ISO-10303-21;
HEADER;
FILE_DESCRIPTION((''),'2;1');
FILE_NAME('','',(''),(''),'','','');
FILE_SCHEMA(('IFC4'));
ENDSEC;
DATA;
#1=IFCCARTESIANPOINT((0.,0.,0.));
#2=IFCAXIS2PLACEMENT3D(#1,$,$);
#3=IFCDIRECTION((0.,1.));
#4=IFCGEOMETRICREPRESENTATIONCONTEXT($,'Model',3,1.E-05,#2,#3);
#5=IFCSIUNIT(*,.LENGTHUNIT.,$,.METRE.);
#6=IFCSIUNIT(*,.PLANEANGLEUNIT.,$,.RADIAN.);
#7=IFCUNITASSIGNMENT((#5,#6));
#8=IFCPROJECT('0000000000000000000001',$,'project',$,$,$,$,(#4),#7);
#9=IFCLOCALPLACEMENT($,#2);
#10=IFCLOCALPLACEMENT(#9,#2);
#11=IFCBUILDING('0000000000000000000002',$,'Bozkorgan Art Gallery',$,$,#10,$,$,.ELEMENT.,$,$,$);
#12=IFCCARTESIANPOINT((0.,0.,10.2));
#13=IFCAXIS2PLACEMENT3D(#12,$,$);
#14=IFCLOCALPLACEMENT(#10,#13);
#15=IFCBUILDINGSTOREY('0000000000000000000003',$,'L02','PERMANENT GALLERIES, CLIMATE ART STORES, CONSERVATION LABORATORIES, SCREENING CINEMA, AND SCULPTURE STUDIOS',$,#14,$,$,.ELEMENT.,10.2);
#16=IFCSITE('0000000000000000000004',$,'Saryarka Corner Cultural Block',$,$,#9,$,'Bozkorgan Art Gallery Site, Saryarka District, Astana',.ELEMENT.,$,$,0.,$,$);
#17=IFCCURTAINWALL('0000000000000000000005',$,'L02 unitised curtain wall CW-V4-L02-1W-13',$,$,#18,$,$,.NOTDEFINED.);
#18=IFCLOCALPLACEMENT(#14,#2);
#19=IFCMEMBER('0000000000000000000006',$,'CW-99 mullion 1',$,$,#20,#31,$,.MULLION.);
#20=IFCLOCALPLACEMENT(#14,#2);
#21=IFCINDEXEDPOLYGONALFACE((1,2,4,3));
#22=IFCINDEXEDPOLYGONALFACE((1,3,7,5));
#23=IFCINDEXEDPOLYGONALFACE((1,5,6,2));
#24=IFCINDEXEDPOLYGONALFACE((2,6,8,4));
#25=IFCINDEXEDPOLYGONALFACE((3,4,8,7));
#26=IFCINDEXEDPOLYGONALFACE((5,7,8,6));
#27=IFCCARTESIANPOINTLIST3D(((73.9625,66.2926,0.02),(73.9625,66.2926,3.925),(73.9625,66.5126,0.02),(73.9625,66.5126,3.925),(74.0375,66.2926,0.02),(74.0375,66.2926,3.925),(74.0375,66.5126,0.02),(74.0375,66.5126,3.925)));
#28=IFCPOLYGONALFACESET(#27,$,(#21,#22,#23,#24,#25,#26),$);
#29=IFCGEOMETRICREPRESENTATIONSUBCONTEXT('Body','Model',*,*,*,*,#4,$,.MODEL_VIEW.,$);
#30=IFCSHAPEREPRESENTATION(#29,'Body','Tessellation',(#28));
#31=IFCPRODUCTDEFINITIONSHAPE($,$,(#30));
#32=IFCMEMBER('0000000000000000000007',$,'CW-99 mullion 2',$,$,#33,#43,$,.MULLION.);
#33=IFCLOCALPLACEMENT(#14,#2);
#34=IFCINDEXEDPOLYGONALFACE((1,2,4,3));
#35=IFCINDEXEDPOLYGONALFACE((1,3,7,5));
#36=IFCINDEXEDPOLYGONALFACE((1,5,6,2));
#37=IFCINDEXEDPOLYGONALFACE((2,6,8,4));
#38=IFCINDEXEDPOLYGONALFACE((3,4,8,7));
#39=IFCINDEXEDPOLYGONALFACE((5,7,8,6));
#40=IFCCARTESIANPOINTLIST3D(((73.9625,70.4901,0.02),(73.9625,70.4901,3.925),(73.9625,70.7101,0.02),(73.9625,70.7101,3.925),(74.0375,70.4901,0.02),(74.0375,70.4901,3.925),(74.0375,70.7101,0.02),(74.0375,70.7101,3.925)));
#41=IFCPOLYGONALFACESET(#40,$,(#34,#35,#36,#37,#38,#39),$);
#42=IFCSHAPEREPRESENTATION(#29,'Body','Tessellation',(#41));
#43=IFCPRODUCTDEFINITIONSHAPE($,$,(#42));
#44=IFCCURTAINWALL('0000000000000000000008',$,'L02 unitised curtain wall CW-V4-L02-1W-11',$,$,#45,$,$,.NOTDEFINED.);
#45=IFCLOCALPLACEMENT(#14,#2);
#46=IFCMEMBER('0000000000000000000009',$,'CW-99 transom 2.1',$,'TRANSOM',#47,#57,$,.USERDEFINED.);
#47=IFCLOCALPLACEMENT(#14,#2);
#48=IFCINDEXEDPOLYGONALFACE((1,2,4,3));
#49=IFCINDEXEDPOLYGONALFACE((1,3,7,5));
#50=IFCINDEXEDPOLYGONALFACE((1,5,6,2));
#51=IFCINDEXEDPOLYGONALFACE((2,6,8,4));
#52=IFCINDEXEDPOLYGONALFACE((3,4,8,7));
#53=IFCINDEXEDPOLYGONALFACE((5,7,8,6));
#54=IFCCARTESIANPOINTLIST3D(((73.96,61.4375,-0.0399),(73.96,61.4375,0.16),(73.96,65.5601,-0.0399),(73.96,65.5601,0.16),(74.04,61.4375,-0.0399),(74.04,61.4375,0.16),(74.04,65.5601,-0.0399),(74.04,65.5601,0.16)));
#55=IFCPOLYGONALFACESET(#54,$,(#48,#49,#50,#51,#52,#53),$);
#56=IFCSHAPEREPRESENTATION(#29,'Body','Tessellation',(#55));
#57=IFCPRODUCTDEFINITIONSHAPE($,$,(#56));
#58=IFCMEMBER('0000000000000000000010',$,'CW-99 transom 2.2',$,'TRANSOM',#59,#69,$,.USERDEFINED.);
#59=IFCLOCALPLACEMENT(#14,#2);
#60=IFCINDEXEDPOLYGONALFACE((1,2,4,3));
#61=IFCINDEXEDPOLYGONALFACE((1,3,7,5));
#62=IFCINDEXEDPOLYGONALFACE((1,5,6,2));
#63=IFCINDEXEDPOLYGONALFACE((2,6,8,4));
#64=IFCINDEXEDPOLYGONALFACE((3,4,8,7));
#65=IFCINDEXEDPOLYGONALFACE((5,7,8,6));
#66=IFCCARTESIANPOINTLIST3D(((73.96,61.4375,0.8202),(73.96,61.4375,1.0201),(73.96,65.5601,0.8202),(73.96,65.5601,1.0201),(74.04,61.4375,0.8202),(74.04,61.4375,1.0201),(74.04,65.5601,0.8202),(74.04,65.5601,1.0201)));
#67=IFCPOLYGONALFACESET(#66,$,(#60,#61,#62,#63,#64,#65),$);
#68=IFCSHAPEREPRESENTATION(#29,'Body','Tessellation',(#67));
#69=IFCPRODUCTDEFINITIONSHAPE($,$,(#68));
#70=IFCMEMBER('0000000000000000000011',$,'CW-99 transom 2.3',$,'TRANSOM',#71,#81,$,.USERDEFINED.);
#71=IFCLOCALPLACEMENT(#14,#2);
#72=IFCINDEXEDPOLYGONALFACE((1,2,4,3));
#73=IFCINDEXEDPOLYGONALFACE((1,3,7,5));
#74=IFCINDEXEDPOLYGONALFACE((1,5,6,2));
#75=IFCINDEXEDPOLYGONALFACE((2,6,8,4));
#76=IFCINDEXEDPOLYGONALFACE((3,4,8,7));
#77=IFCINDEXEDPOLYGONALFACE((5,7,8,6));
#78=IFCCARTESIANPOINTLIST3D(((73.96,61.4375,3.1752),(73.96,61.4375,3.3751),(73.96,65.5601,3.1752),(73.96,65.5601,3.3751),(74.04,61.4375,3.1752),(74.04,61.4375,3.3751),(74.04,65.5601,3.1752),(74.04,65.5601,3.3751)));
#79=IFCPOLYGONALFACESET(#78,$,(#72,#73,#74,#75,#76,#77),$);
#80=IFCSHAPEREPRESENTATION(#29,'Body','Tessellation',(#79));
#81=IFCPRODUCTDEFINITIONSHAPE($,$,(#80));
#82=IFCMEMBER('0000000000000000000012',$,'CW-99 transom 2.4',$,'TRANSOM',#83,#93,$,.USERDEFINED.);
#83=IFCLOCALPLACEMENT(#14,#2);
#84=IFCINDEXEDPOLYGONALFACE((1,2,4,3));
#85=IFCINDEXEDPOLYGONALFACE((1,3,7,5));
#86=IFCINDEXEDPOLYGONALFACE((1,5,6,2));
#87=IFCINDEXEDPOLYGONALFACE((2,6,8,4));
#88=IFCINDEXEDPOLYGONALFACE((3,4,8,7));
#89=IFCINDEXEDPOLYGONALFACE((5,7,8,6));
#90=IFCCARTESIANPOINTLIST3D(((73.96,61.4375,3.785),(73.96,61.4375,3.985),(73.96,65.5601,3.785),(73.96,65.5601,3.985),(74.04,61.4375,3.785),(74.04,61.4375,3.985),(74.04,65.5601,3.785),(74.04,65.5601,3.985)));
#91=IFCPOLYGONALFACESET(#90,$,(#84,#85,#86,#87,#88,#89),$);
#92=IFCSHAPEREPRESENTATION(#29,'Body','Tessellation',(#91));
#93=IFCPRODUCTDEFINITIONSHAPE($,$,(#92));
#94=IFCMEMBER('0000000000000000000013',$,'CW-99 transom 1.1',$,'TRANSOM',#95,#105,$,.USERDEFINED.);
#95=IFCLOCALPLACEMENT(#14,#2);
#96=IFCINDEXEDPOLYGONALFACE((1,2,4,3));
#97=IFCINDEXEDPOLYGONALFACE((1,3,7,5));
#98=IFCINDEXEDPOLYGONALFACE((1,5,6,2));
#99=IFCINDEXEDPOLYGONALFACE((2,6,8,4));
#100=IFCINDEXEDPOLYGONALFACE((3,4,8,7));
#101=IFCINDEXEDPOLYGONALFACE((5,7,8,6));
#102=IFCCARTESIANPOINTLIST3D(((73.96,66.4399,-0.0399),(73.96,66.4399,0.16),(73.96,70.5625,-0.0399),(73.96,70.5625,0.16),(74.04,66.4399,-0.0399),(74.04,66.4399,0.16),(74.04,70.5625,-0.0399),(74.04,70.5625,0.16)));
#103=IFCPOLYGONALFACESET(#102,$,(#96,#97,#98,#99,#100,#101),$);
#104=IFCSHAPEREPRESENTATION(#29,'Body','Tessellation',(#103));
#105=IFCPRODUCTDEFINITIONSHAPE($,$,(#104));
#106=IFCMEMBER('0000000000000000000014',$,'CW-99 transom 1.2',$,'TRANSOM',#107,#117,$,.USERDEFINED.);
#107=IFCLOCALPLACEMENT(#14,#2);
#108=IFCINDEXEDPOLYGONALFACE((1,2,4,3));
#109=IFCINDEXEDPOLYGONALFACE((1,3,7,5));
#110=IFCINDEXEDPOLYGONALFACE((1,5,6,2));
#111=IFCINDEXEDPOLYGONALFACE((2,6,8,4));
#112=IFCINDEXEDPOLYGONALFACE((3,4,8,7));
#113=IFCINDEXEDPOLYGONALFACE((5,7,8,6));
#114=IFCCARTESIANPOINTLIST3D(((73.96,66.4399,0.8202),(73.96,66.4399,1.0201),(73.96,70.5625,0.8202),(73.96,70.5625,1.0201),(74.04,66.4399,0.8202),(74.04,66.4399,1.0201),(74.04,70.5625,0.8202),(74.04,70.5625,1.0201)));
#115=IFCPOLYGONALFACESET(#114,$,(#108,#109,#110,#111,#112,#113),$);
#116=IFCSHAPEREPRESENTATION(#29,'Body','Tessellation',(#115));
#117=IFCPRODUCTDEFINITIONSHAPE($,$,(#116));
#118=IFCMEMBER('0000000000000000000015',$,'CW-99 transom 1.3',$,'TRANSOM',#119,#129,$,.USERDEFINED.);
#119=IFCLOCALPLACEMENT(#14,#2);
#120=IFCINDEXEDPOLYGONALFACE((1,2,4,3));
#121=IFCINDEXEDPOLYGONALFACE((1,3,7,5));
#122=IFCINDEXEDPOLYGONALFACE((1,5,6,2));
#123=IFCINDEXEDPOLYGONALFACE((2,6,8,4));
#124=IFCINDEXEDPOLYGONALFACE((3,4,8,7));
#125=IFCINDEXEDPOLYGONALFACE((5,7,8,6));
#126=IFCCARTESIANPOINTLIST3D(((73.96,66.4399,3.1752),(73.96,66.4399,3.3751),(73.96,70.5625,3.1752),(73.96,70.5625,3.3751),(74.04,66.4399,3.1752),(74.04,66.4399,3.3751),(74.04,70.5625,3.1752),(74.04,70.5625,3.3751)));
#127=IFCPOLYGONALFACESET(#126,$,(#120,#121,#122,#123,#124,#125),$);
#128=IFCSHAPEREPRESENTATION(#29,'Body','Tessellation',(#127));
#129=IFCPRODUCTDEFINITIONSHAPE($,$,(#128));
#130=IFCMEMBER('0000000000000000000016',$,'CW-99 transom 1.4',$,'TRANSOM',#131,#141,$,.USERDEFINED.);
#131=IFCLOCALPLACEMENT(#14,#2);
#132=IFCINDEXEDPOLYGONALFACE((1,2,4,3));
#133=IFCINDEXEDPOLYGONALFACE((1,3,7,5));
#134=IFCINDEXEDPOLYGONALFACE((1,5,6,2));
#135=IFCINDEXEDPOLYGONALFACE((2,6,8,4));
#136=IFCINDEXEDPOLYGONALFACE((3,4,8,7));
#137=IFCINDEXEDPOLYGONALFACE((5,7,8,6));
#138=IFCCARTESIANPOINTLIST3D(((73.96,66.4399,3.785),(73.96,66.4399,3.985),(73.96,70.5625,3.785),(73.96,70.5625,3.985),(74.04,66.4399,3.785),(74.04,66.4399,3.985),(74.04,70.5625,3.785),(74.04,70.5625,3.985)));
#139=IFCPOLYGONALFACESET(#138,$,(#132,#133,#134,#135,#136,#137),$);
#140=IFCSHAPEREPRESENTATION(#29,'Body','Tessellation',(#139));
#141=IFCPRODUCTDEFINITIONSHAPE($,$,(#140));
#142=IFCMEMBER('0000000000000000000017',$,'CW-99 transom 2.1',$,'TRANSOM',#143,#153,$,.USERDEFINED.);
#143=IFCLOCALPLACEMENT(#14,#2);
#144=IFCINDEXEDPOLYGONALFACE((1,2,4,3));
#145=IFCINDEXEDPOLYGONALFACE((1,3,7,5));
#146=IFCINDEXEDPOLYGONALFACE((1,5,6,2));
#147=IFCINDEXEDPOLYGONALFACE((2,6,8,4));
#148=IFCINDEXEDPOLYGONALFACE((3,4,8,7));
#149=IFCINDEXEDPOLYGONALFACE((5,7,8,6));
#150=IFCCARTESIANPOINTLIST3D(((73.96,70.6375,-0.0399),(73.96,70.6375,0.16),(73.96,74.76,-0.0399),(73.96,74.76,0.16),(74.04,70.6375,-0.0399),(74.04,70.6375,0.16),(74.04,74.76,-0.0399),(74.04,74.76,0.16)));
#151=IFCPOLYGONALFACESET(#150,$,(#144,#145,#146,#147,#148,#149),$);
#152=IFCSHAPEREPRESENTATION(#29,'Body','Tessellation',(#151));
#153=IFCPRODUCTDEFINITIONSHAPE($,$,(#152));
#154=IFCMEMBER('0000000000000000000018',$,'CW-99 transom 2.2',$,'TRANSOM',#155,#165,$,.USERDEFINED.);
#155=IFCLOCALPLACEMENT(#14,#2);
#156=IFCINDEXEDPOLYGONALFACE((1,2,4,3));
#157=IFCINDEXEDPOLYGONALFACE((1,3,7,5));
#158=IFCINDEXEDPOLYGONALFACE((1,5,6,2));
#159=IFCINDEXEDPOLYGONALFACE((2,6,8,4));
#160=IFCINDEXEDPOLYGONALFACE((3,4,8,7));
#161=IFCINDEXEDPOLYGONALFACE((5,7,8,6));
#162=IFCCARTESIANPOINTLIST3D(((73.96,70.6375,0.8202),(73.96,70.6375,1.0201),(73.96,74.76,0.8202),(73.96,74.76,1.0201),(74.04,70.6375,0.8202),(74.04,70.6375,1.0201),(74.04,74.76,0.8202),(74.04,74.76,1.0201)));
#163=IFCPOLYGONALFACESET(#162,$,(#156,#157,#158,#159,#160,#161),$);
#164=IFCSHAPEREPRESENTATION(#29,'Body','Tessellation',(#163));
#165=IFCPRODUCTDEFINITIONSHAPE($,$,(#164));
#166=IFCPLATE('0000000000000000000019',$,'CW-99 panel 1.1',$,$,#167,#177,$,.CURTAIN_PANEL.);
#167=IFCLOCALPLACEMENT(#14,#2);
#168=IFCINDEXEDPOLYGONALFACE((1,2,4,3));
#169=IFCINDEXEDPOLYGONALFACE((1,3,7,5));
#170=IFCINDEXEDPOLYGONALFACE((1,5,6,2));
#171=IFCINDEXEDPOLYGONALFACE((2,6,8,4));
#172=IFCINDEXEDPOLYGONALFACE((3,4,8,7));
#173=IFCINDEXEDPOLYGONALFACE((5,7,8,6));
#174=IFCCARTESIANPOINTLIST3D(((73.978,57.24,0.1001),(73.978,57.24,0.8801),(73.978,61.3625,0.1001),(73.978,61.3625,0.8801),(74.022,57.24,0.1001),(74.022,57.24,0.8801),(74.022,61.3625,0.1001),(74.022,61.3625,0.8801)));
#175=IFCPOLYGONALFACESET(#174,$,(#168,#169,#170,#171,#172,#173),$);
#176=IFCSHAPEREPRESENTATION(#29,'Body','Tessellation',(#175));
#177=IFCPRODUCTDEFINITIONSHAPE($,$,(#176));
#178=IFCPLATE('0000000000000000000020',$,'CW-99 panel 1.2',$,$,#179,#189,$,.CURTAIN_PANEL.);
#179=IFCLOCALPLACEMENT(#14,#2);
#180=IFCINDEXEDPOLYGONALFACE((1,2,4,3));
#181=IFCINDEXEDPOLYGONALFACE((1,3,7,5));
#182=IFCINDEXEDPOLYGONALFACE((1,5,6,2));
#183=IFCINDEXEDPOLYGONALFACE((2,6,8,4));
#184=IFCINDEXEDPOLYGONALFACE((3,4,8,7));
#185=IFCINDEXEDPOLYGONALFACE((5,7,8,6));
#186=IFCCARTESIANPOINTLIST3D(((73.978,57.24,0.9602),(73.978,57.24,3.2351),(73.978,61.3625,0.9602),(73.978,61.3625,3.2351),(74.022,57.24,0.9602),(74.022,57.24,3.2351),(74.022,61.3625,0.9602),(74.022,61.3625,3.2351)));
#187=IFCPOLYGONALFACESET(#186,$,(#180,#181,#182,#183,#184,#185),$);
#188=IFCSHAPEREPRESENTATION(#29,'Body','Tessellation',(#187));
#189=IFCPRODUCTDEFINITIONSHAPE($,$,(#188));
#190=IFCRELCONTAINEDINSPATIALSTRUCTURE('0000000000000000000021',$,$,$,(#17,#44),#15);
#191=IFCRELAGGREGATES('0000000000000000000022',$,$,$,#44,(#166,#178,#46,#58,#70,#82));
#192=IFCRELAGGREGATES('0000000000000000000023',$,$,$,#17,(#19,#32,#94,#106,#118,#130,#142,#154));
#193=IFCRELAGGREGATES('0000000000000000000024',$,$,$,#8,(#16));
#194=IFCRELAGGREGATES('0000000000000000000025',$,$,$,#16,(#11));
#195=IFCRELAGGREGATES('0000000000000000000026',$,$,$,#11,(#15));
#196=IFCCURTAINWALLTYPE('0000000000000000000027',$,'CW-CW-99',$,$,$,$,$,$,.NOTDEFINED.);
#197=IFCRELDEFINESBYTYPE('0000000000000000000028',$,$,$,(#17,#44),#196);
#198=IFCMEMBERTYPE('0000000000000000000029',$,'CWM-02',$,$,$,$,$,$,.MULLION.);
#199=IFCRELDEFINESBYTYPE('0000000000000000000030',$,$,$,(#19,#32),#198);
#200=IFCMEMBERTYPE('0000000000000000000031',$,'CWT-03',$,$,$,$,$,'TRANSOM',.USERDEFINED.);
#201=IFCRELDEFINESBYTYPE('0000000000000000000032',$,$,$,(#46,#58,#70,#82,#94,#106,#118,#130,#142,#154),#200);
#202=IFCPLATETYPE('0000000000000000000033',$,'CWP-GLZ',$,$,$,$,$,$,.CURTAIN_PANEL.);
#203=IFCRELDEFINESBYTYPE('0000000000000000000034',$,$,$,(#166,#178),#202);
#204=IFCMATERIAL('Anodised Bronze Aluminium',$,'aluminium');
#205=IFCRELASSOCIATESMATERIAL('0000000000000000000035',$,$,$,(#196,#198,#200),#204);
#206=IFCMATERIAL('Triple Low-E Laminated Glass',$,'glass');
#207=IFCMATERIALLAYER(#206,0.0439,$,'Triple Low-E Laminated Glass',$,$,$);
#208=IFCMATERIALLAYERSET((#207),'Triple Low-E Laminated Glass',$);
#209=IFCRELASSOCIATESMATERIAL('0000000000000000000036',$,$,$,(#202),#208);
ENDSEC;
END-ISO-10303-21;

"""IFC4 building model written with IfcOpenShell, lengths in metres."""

from ifc_helpers import new_model, si_unit, direction, frame, origin, origin_2d, place, context, subcontext, project, spatial, rectangle, extrude, material, layer, layer_set, material_profile, profile_set, type_object, element, aggregate, save


model = new_model("IFC4")

# Units and contexts
model_context = context("Model", 3, precision=1e-05, world=origin(), true_north=direction((0.0, 1.0)))
body_context = subcontext(model_context, "Body", "Model", "MODEL_VIEW")
ifc_project = project(units=[si_unit("LENGTHUNIT", "METRE"), si_unit("PLANEANGLEUNIT", "RADIAN")], contexts=[model_context])

# Site, building, storey
site_placement = place(None, origin())
site = spatial("IfcSite", under=ifc_project, at=site_placement, Name="Saryarka Corner Cultural Block", LongName="Bozkorgan Art Gallery Site, Saryarka District, Astana", CompositionType="ELEMENT", RefElevation=0.0)
building_placement = place(site_placement, origin())
building = spatial("IfcBuilding", under=site, at=building_placement, Name="Bozkorgan Art Gallery", CompositionType="ELEMENT")
storey_placement = place(building_placement, frame((0.0, 0.0, 10.2)))
storey = spatial("IfcBuildingStorey", under=building, at=storey_placement, Name="L02", Description="PERMANENT GALLERIES, CLIMATE ART STORES, CONSERVATION LABORATORIES, SCREENING CINEMA, AND SCULPTURE STUDIOS", CompositionType="ELEMENT", Elevation=10.2)

# Curtain walls, members
ifc_material_1 = material(Name="Anodised Bronze Aluminium", Category="aluminium")
curtain_wall_type = type_object("IfcCurtainWallType", Name="CW-CW-99", PredefinedType="NOTDEFINED", material=ifc_material_1)
curtain_wall_1_placement = place(storey_placement, origin())
curtain_wall_1 = element("IfcCurtainWall", 1, at=curtain_wall_1_placement, inside=storey, type_object=curtain_wall_type, Name="L02 unitised curtain wall CW-V4-L02-1W-13", PredefinedType="NOTDEFINED")
ifc_material_profile_1 = material_profile(ifc_material_1, rectangle(XDim=0.075, YDim=0.22, at=origin_2d()), Name="ALU MULLION 75x220")
ifc_profile_set_1 = profile_set([ifc_material_profile_1], Name="Anodised Bronze Aluminium")
member_type_1 = type_object("IfcMemberType", Name="CWM-02", PredefinedType="MULLION", material=ifc_profile_set_1)
member_1_placement = place(storey_placement, frame((74.0, 66.4026, 0.02), z_axis=(0.0, 0.0, 1.0), x_axis=(-1.0, 0.0, 0.0)))
member_1 = element("IfcMember", 2, at=member_1_placement, type_object=member_type_1, Name="CW-99 mullion 1", PredefinedType="MULLION", context=body_context, shape_type="SweptSolid", body=[
    extrude(rectangle(XDim=0.075, YDim=0.22, at=origin_2d()), origin(), (0.0, 0.0, 1.0), 3.905),
])
member_2_placement = place(storey_placement, frame((74.0, 70.6001, 0.02), z_axis=(0.0, 0.0, 1.0), x_axis=(-1.0, 0.0, 0.0)))
member_2 = element("IfcMember", 3, at=member_2_placement, type_object=member_type_1, Name="CW-99 mullion 2", PredefinedType="MULLION", context=body_context, shape_type="SweptSolid", body=[
    extrude(rectangle(XDim=0.075, YDim=0.22, at=origin_2d()), origin(), (0.0, 0.0, 1.0), 3.905),
])
curtain_wall_2_placement = place(storey_placement, origin())
curtain_wall_2 = element("IfcCurtainWall", 4, at=curtain_wall_2_placement, inside=storey, type_object=curtain_wall_type, Name="L02 unitised curtain wall CW-V4-L02-1W-11", PredefinedType="NOTDEFINED")
ifc_material_profile_2 = material_profile(ifc_material_1, rectangle(XDim=0.0801, YDim=0.2, at=origin_2d()), Name="ALU TRANSOM 80x200")
ifc_profile_set_2 = profile_set([ifc_material_profile_2], Name="Anodised Bronze Aluminium")
member_type_2 = type_object("IfcMemberType", Name="CWT-03", ElementType="TRANSOM", PredefinedType="USERDEFINED", material=ifc_profile_set_2)
member_3_placement = place(storey_placement, frame((74.0, 61.4375, 0.0601), z_axis=(0.0, 1.0, 0.0), x_axis=(-1.0, 0.0, 0.0)))
member_3 = element("IfcMember", 5, at=member_3_placement, type_object=member_type_2, Name="CW-99 transom 2.1", ObjectType="TRANSOM", PredefinedType="USERDEFINED", context=body_context, shape_type="SweptSolid", body=[
    extrude(rectangle(XDim=0.0801, YDim=0.2, at=origin_2d()), origin(), (0.0, 0.0, 1.0), 4.1226),
])
member_4_placement = place(storey_placement, frame((74.0, 61.4375, 0.9202), z_axis=(0.0, 1.0, 0.0), x_axis=(-1.0, 0.0, 0.0)))
member_4 = element("IfcMember", 6, at=member_4_placement, type_object=member_type_2, Name="CW-99 transom 2.2", ObjectType="TRANSOM", PredefinedType="USERDEFINED", context=body_context, shape_type="SweptSolid", body=[
    extrude(rectangle(XDim=0.0801, YDim=0.2, at=origin_2d()), origin(), (0.0, 0.0, 1.0), 4.1226),
])
member_5_placement = place(storey_placement, frame((74.0, 61.4375, 3.2751), z_axis=(0.0, 1.0, 0.0), x_axis=(-1.0, 0.0, 0.0)))
member_5 = element("IfcMember", 7, at=member_5_placement, type_object=member_type_2, Name="CW-99 transom 2.3", ObjectType="TRANSOM", PredefinedType="USERDEFINED", context=body_context, shape_type="SweptSolid", body=[
    extrude(rectangle(XDim=0.0801, YDim=0.2, at=origin_2d()), origin(), (0.0, 0.0, 1.0), 4.1226),
])
member_6_placement = place(storey_placement, frame((74.0, 61.4375, 3.885), z_axis=(0.0, 1.0, 0.0), x_axis=(-1.0, 0.0, 0.0)))
member_6 = element("IfcMember", 8, at=member_6_placement, type_object=member_type_2, Name="CW-99 transom 2.4", ObjectType="TRANSOM", PredefinedType="USERDEFINED", context=body_context, shape_type="SweptSolid", body=[
    extrude(rectangle(XDim=0.0801, YDim=0.2, at=origin_2d()), origin(), (0.0, 0.0, 1.0), 4.1226),
])

# Members
member_7_placement = place(storey_placement, frame((74.0, 66.4399, 0.0601), z_axis=(0.0, 1.0, 0.0), x_axis=(-1.0, 0.0, 0.0)))
member_7 = element("IfcMember", 9, at=member_7_placement, type_object=member_type_2, Name="CW-99 transom 1.1", ObjectType="TRANSOM", PredefinedType="USERDEFINED", context=body_context, shape_type="SweptSolid", body=[
    extrude(rectangle(XDim=0.0801, YDim=0.2, at=origin_2d()), origin(), (0.0, 0.0, 1.0), 4.1226),
])
member_8_placement = place(storey_placement, frame((74.0, 66.4399, 0.9202), z_axis=(0.0, 1.0, 0.0), x_axis=(-1.0, 0.0, 0.0)))
member_8 = element("IfcMember", 10, at=member_8_placement, type_object=member_type_2, Name="CW-99 transom 1.2", ObjectType="TRANSOM", PredefinedType="USERDEFINED", context=body_context, shape_type="SweptSolid", body=[
    extrude(rectangle(XDim=0.0801, YDim=0.2, at=origin_2d()), origin(), (0.0, 0.0, 1.0), 4.1226),
])
member_9_placement = place(storey_placement, frame((74.0, 66.4399, 3.2751), z_axis=(0.0, 1.0, 0.0), x_axis=(-1.0, 0.0, 0.0)))
member_9 = element("IfcMember", 11, at=member_9_placement, type_object=member_type_2, Name="CW-99 transom 1.3", ObjectType="TRANSOM", PredefinedType="USERDEFINED", context=body_context, shape_type="SweptSolid", body=[
    extrude(rectangle(XDim=0.0801, YDim=0.2, at=origin_2d()), origin(), (0.0, 0.0, 1.0), 4.1226),
])
member_10_placement = place(storey_placement, frame((74.0, 66.4399, 3.885), z_axis=(0.0, 1.0, 0.0), x_axis=(-1.0, 0.0, 0.0)))
member_10 = element("IfcMember", 12, at=member_10_placement, type_object=member_type_2, Name="CW-99 transom 1.4", ObjectType="TRANSOM", PredefinedType="USERDEFINED", context=body_context, shape_type="SweptSolid", body=[
    extrude(rectangle(XDim=0.0801, YDim=0.2, at=origin_2d()), origin(), (0.0, 0.0, 1.0), 4.1226),
])
member_11_placement = place(storey_placement, frame((74.0, 70.6375, 0.0601), z_axis=(0.0, 1.0, 0.0), x_axis=(-1.0, 0.0, 0.0)))
member_11 = element("IfcMember", 13, at=member_11_placement, type_object=member_type_2, Name="CW-99 transom 2.1", ObjectType="TRANSOM", PredefinedType="USERDEFINED", context=body_context, shape_type="SweptSolid", body=[
    extrude(rectangle(XDim=0.0801, YDim=0.2, at=origin_2d()), origin(), (0.0, 0.0, 1.0), 4.1226),
])
member_12_placement = place(storey_placement, frame((74.0, 70.6375, 0.9202), z_axis=(0.0, 1.0, 0.0), x_axis=(-1.0, 0.0, 0.0)))
member_12 = element("IfcMember", 14, at=member_12_placement, type_object=member_type_2, Name="CW-99 transom 2.2", ObjectType="TRANSOM", PredefinedType="USERDEFINED", context=body_context, shape_type="SweptSolid", body=[
    extrude(rectangle(XDim=0.0801, YDim=0.2, at=origin_2d()), origin(), (0.0, 0.0, 1.0), 4.1226),
])

# Plates
ifc_material_2 = material(Name="Triple Low-E Laminated Glass", Category="glass")
ifc_layer_1 = layer(ifc_material_2, 0.0439, Name="Triple Low-E Laminated Glass")
ifc_layer_set_1 = layer_set([ifc_layer_1], Name="Triple Low-E Laminated Glass")
plate_type = type_object("IfcPlateType", Name="CWP-GLZ", PredefinedType="CURTAIN_PANEL", material=ifc_layer_set_1)
plate_1_placement = place(storey_placement, frame((74.0, 59.3013, 0.1001), z_axis=(0.0, 0.0, 1.0), x_axis=(0.0, 1.0, 0.0)))
plate_1 = element("IfcPlate", 15, at=plate_1_placement, type_object=plate_type, Name="CW-99 panel 1.1", PredefinedType="CURTAIN_PANEL", context=body_context, shape_type="SweptSolid", body=[
    extrude(rectangle(XDim=4.1226, YDim=0.0439, at=origin_2d()), origin(), (0.0, 0.0, 1.0), 0.78),
])
plate_2_placement = place(storey_placement, frame((74.0, 59.3013, 0.9602), z_axis=(0.0, 0.0, 1.0), x_axis=(0.0, 1.0, 0.0)))
plate_2 = element("IfcPlate", 16, at=plate_2_placement, type_object=plate_type, Name="CW-99 panel 1.2", PredefinedType="CURTAIN_PANEL", context=body_context, shape_type="SweptSolid", body=[
    extrude(rectangle(XDim=4.1226, YDim=0.0439, at=origin_2d()), origin(), (0.0, 0.0, 1.0), 2.2749),
])
aggregate(curtain_wall_2, [plate_1, plate_2, member_3, member_4, member_5, member_6])
aggregate(curtain_wall_1, [member_1, member_2, member_7, member_8, member_9, member_10, member_11, member_12])

save(model, "model.ifc")
